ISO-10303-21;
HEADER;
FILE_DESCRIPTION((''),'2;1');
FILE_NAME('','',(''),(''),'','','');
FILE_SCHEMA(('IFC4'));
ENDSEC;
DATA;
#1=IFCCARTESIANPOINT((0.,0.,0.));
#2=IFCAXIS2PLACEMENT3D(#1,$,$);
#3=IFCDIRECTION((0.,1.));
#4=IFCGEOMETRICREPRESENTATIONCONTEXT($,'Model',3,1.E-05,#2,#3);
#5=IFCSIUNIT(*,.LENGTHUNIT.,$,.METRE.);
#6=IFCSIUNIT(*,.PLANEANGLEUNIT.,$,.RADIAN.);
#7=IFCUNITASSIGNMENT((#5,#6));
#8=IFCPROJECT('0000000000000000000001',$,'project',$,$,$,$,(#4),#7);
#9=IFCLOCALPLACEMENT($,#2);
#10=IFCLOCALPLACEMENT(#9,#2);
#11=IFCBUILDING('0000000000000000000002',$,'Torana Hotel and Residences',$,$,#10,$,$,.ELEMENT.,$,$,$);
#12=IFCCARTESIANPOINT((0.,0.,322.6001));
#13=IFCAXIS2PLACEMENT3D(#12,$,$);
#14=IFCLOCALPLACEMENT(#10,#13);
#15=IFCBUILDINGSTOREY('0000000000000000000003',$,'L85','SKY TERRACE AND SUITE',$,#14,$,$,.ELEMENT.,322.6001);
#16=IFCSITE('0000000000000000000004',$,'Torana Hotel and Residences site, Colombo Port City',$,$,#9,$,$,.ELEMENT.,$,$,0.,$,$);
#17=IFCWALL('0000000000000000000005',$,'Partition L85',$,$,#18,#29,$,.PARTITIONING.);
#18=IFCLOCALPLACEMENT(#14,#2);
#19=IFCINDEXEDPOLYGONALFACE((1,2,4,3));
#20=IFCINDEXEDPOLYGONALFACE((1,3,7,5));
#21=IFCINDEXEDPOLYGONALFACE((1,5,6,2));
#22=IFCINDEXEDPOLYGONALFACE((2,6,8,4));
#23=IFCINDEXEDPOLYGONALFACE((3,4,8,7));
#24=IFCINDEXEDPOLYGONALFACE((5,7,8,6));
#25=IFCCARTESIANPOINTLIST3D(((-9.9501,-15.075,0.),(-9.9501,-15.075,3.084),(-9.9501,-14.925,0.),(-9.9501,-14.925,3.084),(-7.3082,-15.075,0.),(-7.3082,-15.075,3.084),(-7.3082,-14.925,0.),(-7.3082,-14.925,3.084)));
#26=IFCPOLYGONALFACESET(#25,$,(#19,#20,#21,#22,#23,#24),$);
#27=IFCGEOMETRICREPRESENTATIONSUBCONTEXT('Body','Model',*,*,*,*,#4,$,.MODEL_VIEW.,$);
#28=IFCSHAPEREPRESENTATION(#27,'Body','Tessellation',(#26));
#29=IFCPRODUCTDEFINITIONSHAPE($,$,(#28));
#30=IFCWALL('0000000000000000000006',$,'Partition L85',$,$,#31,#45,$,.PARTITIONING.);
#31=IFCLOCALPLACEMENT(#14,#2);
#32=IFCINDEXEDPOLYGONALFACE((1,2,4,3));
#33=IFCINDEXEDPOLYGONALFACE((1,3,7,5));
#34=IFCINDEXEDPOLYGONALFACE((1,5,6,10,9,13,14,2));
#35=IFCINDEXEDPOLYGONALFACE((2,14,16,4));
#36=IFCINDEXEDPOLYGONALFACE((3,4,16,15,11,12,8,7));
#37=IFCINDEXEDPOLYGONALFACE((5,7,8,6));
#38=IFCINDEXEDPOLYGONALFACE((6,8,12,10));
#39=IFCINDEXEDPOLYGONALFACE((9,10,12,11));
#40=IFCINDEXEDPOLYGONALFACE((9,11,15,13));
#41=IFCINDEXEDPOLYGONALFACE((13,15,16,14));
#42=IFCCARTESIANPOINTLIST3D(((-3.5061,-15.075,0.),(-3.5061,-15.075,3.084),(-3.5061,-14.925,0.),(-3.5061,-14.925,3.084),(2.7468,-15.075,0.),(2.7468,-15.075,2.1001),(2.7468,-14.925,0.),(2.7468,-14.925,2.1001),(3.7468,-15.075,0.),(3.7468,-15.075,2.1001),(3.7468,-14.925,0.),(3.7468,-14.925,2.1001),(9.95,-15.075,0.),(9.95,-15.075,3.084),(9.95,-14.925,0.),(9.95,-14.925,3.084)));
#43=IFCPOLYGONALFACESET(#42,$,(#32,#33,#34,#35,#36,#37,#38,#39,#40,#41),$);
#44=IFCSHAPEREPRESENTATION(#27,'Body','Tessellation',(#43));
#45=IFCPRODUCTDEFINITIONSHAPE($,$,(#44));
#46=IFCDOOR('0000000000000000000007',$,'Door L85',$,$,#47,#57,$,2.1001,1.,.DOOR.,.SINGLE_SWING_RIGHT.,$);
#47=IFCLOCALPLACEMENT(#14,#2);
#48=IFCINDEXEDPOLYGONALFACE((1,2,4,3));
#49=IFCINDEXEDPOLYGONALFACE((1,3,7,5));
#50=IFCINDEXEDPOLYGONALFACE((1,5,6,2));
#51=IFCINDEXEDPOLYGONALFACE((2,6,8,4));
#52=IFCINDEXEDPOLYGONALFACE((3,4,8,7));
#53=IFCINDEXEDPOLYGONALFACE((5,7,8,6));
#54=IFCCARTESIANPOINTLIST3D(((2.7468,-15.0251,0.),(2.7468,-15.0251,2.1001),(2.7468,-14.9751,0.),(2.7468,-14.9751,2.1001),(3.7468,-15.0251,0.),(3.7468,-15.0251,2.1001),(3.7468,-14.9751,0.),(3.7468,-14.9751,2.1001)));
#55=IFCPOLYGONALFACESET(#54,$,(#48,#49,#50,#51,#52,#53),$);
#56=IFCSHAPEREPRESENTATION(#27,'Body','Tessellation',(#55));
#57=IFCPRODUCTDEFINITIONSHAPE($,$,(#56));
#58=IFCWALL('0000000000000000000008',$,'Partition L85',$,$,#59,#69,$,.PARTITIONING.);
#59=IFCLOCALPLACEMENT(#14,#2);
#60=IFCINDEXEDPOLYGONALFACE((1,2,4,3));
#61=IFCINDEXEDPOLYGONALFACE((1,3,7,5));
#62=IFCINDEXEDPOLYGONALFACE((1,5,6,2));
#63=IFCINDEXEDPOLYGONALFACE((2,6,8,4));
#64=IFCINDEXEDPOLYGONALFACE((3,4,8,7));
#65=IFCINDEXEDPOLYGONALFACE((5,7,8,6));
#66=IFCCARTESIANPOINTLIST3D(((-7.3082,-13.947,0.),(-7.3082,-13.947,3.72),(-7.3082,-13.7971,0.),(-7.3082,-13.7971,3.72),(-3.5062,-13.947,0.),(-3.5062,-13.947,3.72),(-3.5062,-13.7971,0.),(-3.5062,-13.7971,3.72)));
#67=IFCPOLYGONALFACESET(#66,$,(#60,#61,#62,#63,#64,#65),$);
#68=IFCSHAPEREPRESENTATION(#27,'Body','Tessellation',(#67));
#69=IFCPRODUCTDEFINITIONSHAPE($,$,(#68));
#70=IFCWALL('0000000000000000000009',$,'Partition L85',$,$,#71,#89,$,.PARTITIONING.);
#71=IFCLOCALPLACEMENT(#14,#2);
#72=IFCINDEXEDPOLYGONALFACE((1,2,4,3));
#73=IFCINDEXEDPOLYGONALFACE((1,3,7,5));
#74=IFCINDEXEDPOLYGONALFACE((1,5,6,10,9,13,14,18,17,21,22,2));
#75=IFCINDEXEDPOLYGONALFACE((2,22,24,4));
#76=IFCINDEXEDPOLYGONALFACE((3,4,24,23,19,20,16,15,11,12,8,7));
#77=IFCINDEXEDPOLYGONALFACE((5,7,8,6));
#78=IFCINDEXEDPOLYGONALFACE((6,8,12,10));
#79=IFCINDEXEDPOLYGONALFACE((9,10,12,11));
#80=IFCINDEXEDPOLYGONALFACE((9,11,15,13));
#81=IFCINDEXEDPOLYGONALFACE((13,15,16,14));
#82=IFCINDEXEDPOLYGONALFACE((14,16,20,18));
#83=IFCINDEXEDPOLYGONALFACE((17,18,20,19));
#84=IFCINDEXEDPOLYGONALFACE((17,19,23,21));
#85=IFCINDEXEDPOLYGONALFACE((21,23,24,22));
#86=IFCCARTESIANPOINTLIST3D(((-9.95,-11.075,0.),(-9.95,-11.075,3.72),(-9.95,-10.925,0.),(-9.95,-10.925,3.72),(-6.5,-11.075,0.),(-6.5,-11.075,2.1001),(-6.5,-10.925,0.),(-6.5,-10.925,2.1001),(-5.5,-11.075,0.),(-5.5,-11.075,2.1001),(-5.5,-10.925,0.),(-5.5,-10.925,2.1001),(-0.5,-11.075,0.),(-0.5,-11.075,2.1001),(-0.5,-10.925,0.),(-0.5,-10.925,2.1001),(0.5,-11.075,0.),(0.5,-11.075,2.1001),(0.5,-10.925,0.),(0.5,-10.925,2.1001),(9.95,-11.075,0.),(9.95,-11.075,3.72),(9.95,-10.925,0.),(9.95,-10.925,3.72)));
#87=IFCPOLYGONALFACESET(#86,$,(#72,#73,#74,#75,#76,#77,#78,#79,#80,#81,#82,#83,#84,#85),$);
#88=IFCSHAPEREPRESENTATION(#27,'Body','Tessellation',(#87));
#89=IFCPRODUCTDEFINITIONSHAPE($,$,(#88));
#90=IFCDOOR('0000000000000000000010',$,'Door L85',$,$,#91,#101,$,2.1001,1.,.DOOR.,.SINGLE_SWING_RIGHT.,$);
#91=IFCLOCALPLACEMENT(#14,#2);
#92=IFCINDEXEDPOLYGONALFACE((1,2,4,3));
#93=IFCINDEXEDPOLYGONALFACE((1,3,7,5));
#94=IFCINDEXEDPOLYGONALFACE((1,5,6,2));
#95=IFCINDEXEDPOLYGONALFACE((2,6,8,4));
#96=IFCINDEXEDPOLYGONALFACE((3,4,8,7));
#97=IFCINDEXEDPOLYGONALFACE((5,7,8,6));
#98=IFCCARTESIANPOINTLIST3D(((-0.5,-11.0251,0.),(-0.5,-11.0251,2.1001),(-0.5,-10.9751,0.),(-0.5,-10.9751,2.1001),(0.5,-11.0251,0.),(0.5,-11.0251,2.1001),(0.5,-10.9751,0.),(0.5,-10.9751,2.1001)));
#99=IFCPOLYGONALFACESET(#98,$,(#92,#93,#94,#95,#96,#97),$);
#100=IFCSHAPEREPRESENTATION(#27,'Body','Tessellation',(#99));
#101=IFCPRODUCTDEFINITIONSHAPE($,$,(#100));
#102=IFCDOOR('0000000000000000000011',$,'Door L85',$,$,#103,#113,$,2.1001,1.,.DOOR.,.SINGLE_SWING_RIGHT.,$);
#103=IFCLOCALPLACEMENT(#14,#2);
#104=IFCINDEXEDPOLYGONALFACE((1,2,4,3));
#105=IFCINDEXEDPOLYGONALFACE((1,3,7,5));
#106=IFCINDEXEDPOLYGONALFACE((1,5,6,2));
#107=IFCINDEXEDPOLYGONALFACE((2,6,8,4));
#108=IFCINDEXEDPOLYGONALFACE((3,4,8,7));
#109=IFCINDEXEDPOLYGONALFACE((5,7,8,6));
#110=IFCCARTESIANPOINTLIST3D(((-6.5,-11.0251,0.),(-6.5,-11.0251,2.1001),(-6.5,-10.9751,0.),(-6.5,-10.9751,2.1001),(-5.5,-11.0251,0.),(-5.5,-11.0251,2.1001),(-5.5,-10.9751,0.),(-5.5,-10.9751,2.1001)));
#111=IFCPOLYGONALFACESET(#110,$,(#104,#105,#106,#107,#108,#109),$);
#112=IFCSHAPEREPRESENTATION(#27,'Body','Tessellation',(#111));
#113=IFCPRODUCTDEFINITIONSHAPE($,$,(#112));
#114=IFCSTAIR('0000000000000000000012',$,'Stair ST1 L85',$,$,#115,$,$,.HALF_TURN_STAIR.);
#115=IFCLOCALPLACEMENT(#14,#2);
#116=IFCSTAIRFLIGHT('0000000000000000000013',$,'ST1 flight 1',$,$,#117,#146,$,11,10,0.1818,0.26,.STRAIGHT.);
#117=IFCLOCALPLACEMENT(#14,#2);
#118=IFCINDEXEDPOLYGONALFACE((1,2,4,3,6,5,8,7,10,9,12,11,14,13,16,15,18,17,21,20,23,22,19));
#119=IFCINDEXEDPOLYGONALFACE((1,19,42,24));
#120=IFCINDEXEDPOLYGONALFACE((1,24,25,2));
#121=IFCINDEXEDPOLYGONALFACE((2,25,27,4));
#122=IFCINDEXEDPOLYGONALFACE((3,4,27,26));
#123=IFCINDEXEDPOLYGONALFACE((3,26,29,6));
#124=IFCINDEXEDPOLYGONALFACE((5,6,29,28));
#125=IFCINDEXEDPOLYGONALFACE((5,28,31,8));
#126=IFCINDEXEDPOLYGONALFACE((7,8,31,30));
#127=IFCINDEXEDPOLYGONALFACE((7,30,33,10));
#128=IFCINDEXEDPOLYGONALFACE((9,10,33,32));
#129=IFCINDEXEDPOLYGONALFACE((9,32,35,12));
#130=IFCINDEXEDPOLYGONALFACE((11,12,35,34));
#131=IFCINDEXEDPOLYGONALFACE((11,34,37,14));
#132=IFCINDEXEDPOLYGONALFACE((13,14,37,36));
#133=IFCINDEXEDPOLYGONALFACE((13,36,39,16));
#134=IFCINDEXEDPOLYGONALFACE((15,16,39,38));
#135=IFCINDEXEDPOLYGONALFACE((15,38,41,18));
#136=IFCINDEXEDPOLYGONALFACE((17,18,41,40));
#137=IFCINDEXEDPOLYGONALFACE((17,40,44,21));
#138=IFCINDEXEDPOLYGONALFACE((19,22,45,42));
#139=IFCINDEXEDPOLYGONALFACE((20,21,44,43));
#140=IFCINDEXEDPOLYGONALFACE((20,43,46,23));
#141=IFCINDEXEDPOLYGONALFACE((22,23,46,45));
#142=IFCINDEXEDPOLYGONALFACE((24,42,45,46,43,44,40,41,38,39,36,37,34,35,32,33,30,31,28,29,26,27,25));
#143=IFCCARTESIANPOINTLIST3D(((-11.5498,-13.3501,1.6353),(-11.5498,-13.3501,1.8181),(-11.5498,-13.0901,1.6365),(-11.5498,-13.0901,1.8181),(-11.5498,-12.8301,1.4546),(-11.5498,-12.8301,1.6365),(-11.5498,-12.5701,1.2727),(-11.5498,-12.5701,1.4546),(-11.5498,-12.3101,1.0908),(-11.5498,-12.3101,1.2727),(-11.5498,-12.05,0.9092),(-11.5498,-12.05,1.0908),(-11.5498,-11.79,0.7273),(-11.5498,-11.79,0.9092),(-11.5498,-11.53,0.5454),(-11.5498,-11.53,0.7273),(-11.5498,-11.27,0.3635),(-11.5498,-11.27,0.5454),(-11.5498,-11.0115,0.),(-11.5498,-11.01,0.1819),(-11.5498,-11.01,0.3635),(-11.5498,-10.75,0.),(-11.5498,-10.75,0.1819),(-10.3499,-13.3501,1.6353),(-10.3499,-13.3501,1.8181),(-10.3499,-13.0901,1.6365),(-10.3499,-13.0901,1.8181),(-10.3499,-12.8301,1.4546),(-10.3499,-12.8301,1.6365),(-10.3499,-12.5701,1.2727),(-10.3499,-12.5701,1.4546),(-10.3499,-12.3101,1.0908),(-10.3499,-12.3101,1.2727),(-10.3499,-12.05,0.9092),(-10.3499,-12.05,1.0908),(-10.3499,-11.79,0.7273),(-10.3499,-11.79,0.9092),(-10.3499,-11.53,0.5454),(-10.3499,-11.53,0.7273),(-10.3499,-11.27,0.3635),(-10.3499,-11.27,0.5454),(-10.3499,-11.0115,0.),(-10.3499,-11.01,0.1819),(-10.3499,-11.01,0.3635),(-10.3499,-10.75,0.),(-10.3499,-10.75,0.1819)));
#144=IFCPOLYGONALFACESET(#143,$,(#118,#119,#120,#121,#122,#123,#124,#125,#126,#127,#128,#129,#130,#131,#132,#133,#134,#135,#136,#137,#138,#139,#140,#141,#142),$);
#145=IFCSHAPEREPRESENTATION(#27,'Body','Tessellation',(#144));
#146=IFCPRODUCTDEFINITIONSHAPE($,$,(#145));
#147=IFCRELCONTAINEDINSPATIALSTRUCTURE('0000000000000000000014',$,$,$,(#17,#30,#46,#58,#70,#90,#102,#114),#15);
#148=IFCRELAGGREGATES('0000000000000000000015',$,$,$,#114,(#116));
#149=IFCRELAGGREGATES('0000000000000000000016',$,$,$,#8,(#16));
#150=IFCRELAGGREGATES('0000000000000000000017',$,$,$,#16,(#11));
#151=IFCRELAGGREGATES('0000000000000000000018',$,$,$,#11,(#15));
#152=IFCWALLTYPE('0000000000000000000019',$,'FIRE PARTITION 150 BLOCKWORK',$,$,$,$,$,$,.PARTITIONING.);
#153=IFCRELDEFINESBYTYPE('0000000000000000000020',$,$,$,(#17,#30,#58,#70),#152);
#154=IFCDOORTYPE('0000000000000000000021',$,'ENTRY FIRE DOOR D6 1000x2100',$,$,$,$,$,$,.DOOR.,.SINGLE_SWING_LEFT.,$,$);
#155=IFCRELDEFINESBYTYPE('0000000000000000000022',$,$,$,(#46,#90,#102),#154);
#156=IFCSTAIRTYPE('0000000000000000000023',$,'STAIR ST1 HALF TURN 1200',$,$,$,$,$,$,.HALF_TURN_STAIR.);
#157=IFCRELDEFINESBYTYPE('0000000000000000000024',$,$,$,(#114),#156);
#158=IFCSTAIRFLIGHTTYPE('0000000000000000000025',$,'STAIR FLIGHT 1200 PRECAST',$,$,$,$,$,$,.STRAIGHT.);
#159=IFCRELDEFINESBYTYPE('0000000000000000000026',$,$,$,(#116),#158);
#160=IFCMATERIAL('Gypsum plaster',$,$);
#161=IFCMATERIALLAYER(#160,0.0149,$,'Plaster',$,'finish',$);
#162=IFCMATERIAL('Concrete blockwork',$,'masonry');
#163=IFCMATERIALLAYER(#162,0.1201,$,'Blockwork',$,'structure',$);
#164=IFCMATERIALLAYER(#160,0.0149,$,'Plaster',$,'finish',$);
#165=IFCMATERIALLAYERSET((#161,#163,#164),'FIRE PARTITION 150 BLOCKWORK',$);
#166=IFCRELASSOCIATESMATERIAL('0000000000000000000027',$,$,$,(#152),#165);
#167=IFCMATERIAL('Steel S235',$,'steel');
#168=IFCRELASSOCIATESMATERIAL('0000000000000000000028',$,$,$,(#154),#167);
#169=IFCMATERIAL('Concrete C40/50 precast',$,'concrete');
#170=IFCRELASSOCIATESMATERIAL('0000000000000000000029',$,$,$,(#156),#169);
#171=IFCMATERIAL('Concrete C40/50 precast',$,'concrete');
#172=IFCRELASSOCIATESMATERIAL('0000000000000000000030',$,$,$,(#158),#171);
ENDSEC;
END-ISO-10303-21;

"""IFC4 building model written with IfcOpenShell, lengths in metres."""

from ifc_helpers import new_model, si_unit, direction, frame, frame_2d, origin, place, context, subcontext, project, spatial, polyline, rectangle, outline, extrude, material, layer, layer_set, type_object, element, fill, aggregate, save


model = new_model("IFC4")

# Units and contexts
model_context = context("Model", 3, precision=1e-05, world=origin(), true_north=direction((0.0, 1.0)))
body_context = subcontext(model_context, "Body", "Model", "MODEL_VIEW")
ifc_project = project(units=[si_unit("LENGTHUNIT", "METRE"), si_unit("PLANEANGLEUNIT", "RADIAN")], contexts=[model_context])

# Site, building, storey
site_placement = place(None, origin())
site = spatial("IfcSite", under=ifc_project, at=site_placement, Name="Torana Hotel and Residences site, Colombo Port City", CompositionType="ELEMENT", RefElevation=0.0)
building_placement = place(site_placement, origin())
building = spatial("IfcBuilding", under=site, at=building_placement, Name="Torana Hotel and Residences", CompositionType="ELEMENT")
storey_placement = place(building_placement, frame((0.0, 0.0, 322.6001)))
storey = spatial("IfcBuildingStorey", under=building, at=storey_placement, Name="L85", Description="SKY TERRACE AND SUITE", CompositionType="ELEMENT", Elevation=322.6001)

# Wall
ifc_material_1 = material(Name="Gypsum plaster")
ifc_layer_1 = layer(ifc_material_1, 0.0149, Name="Plaster", Category="finish")
ifc_material_2 = material(Name="Concrete blockwork", Category="masonry")
ifc_layer_2 = layer(ifc_material_2, 0.1201, Name="Blockwork", Category="structure")
ifc_layer_3 = layer(ifc_material_1, 0.0149, Name="Plaster", Category="finish")
ifc_layer_set_1 = layer_set([ifc_layer_1, ifc_layer_2, ifc_layer_3], Name="FIRE PARTITION 150 BLOCKWORK")
wall_type_1 = type_object("IfcWallType", Name="FIRE PARTITION 150 BLOCKWORK", PredefinedType="PARTITIONING", material=ifc_layer_set_1)
wall_1_placement = place(storey_placement, frame((-9.95, -15.0, 0.0), z_axis=(0.0, 0.0, 1.0), x_axis=(1.0, 0.0, 0.0)))
element("IfcWall", 1, at=wall_1_placement, inside=storey, type_object=wall_type_1, Name="Partition L85", PredefinedType="PARTITIONING", context=body_context, shape_type="SweptSolid", body=[
    extrude(rectangle(XDim=2.6418, YDim=0.1499, at=frame_2d((1.3208, 0.0))), origin(), (0.0, 0.0, 1.0), 3.084),
])

# Wall, opening, door
wall_2_placement = place(storey_placement, frame((-3.5061, -15.0, 0.0), z_axis=(0.0, 0.0, 1.0), x_axis=(1.0, 0.0, 0.0)))
wall_2 = element("IfcWall", 2, at=wall_2_placement, inside=storey, type_object=wall_type_1, Name="Partition L85", PredefinedType="PARTITIONING", context=body_context, shape_type="SweptSolid", body=[
    extrude(rectangle(XDim=13.4561, YDim=0.1499, at=frame_2d((6.728, 0.0))), origin(), (0.0, 0.0, 1.0), 3.084),
])
opening_1_placement = place(wall_2_placement, frame((6.2529, 0.0, 0.0)))
opening_1 = element("IfcOpeningElement", 3, at=opening_1_placement, cuts=wall_2, PredefinedType="OPENING", context=body_context, shape_type="SweptSolid", body=[
    extrude(rectangle(XDim=1.0, YDim=2.1001, at=frame_2d((0.5, 1.05))), frame((0.0, 0.085, 0.0), z_axis=(0.0, -1.0, 0.0), x_axis=(1.0, 0.0, 0.0)), (0.0, 0.0, 1.0), 0.1699),
])
ifc_material_3 = material(Name="Steel S235", Category="steel")
door_type_1 = type_object("IfcDoorType", Name="ENTRY FIRE DOOR D6 1000x2100", OperationType="SINGLE_SWING_LEFT", PredefinedType="DOOR", material=ifc_material_3)
door_1_placement = place(opening_1_placement, origin())
door_1 = element("IfcDoor", 4, at=door_1_placement, inside=storey, type_object=door_type_1, Name="Door L85", OperationType="SINGLE_SWING_RIGHT", OverallHeight=2.1001, OverallWidth=1.0, PredefinedType="DOOR", context=body_context, shape_type="SweptSolid", body=[
    extrude(rectangle(XDim=1.0, YDim=2.1001, at=frame_2d((0.5, 1.05))), frame((0.0, 0.0249, 0.0), z_axis=(0.0, -1.0, 0.0), x_axis=(1.0, 0.0, 0.0)), (0.0, 0.0, 1.0), 0.05),
])
fill(opening_1, door_1)

# Wall
wall_3_placement = place(storey_placement, frame((-7.3081, -13.8721, 0.0), z_axis=(0.0, 0.0, 1.0), x_axis=(1.0, 0.0, 0.0)))
element("IfcWall", 5, at=wall_3_placement, inside=storey, type_object=wall_type_1, Name="Partition L85", PredefinedType="PARTITIONING", context=body_context, shape_type="SweptSolid", body=[
    extrude(rectangle(XDim=3.802, YDim=0.1499, at=frame_2d((1.9009, 0.0))), origin(), (0.0, 0.0, 1.0), 3.72),
])

# Wall, openings, doors
wall_4_placement = place(storey_placement, frame((-9.95, -11.0, 0.0), z_axis=(0.0, 0.0, 1.0), x_axis=(1.0, 0.0, 0.0)))
wall_4 = element("IfcWall", 6, at=wall_4_placement, inside=storey, type_object=wall_type_1, Name="Partition L85", PredefinedType="PARTITIONING", context=body_context, shape_type="SweptSolid", body=[
    extrude(rectangle(XDim=19.8999, YDim=0.1499, at=frame_2d((9.95, 0.0))), origin(), (0.0, 0.0, 1.0), 3.72),
])
opening_2_placement = place(wall_4_placement, frame((9.45, 0.0, 0.0)))
opening_2 = element("IfcOpeningElement", 7, at=opening_2_placement, cuts=wall_4, PredefinedType="OPENING", context=body_context, shape_type="SweptSolid", body=[
    extrude(rectangle(XDim=1.0, YDim=2.1001, at=frame_2d((0.5, 1.05))), frame((0.0, 0.085, 0.0), z_axis=(0.0, -1.0, 0.0), x_axis=(1.0, 0.0, 0.0)), (0.0, 0.0, 1.0), 0.1699),
])
opening_3_placement = place(wall_4_placement, frame((3.45, 0.0, 0.0)))
opening_3 = element("IfcOpeningElement", 8, at=opening_3_placement, cuts=wall_4, PredefinedType="OPENING", context=body_context, shape_type="SweptSolid", body=[
    extrude(rectangle(XDim=1.0, YDim=2.1001, at=frame_2d((0.5, 1.05))), frame((0.0, 0.085, 0.0), z_axis=(0.0, -1.0, 0.0), x_axis=(1.0, 0.0, 0.0)), (0.0, 0.0, 1.0), 0.1699),
])
door_2_placement = place(opening_2_placement, origin())
door_2 = element("IfcDoor", 9, at=door_2_placement, inside=storey, type_object=door_type_1, Name="Door L85", OperationType="SINGLE_SWING_RIGHT", OverallHeight=2.1001, OverallWidth=1.0, PredefinedType="DOOR", context=body_context, shape_type="SweptSolid", body=[
    extrude(rectangle(XDim=1.0, YDim=2.1001, at=frame_2d((0.5, 1.05))), frame((0.0, 0.0249, 0.0), z_axis=(0.0, -1.0, 0.0), x_axis=(1.0, 0.0, 0.0)), (0.0, 0.0, 1.0), 0.05),
])
fill(opening_2, door_2)
door_3_placement = place(opening_3_placement, origin())
door_3 = element("IfcDoor", 10, at=door_3_placement, inside=storey, type_object=door_type_1, Name="Door L85", OperationType="SINGLE_SWING_RIGHT", OverallHeight=2.1001, OverallWidth=1.0, PredefinedType="DOOR", context=body_context, shape_type="SweptSolid", body=[
    extrude(rectangle(XDim=1.0, YDim=2.1001, at=frame_2d((0.5, 1.05))), frame((0.0, 0.0249, 0.0), z_axis=(0.0, -1.0, 0.0), x_axis=(1.0, 0.0, 0.0)), (0.0, 0.0, 1.0), 0.05),
])
fill(opening_3, door_3)

# Stair, stair flight
ifc_material_4 = material(Name="Concrete C40/50 precast", Category="concrete")
stair_type = type_object("IfcStairType", Name="STAIR ST1 HALF TURN 1200", PredefinedType="HALF_TURN_STAIR", material=ifc_material_4)
stair_placement = place(storey_placement, origin())
stair = element("IfcStair", 11, at=stair_placement, inside=storey, type_object=stair_type, Name="Stair ST1 L85", PredefinedType="HALF_TURN_STAIR")
ifc_material_5 = material(Name="Concrete C40/50 precast", Category="concrete")
stair_flight_type = type_object("IfcStairFlightType", Name="STAIR FLIGHT 1200 PRECAST", PredefinedType="STRAIGHT", material=ifc_material_5)
stair_flight_1_placement = place(storey_placement, frame((-10.95, -10.75, 0.0), z_axis=(0.0, 0.0, 1.0), x_axis=(0.0, -1.0, 0.0)))
stair_flight_1 = element("IfcStairFlight", 12, at=stair_flight_1_placement, type_object=stair_flight_type, Name="ST1 flight 1", NumberOfRisers=11, NumberOfTreads=10, PredefinedType="STRAIGHT", RiserHeight=0.1818, TreadLength=0.26, context=body_context, shape_type="SweptSolid", body=[
    extrude(outline(polyline([(0.0, 0.0), (0.0, 0.1819), (0.26, 0.1819), (0.26, 0.3635), (0.52, 0.3635), (0.52, 0.5454), (0.78, 0.5454), (0.78, 0.7273), (1.04, 0.7273), (1.04, 0.9092), (1.3, 0.9092), (1.3, 1.0908), (1.5601, 1.0908), (1.5601, 1.2727), (1.8201, 1.2727), (1.8201, 1.4546), (2.0801, 1.4546), (2.0801, 1.6365), (2.3401, 1.6365), (2.3401, 1.8181), (2.6001, 1.8181), (2.6001, 2.0), (2.6001, 1.6353), (0.2615, 0.0), (0.0, 0.0)])), frame((0.0, 0.6001, 0.0), z_axis=(0.0, -1.0, 0.0), x_axis=(1.0, 0.0, 0.0)), (0.0, 0.0, 1.0), 1.2),
])
aggregate(stair, [stair_flight_1])

save(model, "model.ifc")
